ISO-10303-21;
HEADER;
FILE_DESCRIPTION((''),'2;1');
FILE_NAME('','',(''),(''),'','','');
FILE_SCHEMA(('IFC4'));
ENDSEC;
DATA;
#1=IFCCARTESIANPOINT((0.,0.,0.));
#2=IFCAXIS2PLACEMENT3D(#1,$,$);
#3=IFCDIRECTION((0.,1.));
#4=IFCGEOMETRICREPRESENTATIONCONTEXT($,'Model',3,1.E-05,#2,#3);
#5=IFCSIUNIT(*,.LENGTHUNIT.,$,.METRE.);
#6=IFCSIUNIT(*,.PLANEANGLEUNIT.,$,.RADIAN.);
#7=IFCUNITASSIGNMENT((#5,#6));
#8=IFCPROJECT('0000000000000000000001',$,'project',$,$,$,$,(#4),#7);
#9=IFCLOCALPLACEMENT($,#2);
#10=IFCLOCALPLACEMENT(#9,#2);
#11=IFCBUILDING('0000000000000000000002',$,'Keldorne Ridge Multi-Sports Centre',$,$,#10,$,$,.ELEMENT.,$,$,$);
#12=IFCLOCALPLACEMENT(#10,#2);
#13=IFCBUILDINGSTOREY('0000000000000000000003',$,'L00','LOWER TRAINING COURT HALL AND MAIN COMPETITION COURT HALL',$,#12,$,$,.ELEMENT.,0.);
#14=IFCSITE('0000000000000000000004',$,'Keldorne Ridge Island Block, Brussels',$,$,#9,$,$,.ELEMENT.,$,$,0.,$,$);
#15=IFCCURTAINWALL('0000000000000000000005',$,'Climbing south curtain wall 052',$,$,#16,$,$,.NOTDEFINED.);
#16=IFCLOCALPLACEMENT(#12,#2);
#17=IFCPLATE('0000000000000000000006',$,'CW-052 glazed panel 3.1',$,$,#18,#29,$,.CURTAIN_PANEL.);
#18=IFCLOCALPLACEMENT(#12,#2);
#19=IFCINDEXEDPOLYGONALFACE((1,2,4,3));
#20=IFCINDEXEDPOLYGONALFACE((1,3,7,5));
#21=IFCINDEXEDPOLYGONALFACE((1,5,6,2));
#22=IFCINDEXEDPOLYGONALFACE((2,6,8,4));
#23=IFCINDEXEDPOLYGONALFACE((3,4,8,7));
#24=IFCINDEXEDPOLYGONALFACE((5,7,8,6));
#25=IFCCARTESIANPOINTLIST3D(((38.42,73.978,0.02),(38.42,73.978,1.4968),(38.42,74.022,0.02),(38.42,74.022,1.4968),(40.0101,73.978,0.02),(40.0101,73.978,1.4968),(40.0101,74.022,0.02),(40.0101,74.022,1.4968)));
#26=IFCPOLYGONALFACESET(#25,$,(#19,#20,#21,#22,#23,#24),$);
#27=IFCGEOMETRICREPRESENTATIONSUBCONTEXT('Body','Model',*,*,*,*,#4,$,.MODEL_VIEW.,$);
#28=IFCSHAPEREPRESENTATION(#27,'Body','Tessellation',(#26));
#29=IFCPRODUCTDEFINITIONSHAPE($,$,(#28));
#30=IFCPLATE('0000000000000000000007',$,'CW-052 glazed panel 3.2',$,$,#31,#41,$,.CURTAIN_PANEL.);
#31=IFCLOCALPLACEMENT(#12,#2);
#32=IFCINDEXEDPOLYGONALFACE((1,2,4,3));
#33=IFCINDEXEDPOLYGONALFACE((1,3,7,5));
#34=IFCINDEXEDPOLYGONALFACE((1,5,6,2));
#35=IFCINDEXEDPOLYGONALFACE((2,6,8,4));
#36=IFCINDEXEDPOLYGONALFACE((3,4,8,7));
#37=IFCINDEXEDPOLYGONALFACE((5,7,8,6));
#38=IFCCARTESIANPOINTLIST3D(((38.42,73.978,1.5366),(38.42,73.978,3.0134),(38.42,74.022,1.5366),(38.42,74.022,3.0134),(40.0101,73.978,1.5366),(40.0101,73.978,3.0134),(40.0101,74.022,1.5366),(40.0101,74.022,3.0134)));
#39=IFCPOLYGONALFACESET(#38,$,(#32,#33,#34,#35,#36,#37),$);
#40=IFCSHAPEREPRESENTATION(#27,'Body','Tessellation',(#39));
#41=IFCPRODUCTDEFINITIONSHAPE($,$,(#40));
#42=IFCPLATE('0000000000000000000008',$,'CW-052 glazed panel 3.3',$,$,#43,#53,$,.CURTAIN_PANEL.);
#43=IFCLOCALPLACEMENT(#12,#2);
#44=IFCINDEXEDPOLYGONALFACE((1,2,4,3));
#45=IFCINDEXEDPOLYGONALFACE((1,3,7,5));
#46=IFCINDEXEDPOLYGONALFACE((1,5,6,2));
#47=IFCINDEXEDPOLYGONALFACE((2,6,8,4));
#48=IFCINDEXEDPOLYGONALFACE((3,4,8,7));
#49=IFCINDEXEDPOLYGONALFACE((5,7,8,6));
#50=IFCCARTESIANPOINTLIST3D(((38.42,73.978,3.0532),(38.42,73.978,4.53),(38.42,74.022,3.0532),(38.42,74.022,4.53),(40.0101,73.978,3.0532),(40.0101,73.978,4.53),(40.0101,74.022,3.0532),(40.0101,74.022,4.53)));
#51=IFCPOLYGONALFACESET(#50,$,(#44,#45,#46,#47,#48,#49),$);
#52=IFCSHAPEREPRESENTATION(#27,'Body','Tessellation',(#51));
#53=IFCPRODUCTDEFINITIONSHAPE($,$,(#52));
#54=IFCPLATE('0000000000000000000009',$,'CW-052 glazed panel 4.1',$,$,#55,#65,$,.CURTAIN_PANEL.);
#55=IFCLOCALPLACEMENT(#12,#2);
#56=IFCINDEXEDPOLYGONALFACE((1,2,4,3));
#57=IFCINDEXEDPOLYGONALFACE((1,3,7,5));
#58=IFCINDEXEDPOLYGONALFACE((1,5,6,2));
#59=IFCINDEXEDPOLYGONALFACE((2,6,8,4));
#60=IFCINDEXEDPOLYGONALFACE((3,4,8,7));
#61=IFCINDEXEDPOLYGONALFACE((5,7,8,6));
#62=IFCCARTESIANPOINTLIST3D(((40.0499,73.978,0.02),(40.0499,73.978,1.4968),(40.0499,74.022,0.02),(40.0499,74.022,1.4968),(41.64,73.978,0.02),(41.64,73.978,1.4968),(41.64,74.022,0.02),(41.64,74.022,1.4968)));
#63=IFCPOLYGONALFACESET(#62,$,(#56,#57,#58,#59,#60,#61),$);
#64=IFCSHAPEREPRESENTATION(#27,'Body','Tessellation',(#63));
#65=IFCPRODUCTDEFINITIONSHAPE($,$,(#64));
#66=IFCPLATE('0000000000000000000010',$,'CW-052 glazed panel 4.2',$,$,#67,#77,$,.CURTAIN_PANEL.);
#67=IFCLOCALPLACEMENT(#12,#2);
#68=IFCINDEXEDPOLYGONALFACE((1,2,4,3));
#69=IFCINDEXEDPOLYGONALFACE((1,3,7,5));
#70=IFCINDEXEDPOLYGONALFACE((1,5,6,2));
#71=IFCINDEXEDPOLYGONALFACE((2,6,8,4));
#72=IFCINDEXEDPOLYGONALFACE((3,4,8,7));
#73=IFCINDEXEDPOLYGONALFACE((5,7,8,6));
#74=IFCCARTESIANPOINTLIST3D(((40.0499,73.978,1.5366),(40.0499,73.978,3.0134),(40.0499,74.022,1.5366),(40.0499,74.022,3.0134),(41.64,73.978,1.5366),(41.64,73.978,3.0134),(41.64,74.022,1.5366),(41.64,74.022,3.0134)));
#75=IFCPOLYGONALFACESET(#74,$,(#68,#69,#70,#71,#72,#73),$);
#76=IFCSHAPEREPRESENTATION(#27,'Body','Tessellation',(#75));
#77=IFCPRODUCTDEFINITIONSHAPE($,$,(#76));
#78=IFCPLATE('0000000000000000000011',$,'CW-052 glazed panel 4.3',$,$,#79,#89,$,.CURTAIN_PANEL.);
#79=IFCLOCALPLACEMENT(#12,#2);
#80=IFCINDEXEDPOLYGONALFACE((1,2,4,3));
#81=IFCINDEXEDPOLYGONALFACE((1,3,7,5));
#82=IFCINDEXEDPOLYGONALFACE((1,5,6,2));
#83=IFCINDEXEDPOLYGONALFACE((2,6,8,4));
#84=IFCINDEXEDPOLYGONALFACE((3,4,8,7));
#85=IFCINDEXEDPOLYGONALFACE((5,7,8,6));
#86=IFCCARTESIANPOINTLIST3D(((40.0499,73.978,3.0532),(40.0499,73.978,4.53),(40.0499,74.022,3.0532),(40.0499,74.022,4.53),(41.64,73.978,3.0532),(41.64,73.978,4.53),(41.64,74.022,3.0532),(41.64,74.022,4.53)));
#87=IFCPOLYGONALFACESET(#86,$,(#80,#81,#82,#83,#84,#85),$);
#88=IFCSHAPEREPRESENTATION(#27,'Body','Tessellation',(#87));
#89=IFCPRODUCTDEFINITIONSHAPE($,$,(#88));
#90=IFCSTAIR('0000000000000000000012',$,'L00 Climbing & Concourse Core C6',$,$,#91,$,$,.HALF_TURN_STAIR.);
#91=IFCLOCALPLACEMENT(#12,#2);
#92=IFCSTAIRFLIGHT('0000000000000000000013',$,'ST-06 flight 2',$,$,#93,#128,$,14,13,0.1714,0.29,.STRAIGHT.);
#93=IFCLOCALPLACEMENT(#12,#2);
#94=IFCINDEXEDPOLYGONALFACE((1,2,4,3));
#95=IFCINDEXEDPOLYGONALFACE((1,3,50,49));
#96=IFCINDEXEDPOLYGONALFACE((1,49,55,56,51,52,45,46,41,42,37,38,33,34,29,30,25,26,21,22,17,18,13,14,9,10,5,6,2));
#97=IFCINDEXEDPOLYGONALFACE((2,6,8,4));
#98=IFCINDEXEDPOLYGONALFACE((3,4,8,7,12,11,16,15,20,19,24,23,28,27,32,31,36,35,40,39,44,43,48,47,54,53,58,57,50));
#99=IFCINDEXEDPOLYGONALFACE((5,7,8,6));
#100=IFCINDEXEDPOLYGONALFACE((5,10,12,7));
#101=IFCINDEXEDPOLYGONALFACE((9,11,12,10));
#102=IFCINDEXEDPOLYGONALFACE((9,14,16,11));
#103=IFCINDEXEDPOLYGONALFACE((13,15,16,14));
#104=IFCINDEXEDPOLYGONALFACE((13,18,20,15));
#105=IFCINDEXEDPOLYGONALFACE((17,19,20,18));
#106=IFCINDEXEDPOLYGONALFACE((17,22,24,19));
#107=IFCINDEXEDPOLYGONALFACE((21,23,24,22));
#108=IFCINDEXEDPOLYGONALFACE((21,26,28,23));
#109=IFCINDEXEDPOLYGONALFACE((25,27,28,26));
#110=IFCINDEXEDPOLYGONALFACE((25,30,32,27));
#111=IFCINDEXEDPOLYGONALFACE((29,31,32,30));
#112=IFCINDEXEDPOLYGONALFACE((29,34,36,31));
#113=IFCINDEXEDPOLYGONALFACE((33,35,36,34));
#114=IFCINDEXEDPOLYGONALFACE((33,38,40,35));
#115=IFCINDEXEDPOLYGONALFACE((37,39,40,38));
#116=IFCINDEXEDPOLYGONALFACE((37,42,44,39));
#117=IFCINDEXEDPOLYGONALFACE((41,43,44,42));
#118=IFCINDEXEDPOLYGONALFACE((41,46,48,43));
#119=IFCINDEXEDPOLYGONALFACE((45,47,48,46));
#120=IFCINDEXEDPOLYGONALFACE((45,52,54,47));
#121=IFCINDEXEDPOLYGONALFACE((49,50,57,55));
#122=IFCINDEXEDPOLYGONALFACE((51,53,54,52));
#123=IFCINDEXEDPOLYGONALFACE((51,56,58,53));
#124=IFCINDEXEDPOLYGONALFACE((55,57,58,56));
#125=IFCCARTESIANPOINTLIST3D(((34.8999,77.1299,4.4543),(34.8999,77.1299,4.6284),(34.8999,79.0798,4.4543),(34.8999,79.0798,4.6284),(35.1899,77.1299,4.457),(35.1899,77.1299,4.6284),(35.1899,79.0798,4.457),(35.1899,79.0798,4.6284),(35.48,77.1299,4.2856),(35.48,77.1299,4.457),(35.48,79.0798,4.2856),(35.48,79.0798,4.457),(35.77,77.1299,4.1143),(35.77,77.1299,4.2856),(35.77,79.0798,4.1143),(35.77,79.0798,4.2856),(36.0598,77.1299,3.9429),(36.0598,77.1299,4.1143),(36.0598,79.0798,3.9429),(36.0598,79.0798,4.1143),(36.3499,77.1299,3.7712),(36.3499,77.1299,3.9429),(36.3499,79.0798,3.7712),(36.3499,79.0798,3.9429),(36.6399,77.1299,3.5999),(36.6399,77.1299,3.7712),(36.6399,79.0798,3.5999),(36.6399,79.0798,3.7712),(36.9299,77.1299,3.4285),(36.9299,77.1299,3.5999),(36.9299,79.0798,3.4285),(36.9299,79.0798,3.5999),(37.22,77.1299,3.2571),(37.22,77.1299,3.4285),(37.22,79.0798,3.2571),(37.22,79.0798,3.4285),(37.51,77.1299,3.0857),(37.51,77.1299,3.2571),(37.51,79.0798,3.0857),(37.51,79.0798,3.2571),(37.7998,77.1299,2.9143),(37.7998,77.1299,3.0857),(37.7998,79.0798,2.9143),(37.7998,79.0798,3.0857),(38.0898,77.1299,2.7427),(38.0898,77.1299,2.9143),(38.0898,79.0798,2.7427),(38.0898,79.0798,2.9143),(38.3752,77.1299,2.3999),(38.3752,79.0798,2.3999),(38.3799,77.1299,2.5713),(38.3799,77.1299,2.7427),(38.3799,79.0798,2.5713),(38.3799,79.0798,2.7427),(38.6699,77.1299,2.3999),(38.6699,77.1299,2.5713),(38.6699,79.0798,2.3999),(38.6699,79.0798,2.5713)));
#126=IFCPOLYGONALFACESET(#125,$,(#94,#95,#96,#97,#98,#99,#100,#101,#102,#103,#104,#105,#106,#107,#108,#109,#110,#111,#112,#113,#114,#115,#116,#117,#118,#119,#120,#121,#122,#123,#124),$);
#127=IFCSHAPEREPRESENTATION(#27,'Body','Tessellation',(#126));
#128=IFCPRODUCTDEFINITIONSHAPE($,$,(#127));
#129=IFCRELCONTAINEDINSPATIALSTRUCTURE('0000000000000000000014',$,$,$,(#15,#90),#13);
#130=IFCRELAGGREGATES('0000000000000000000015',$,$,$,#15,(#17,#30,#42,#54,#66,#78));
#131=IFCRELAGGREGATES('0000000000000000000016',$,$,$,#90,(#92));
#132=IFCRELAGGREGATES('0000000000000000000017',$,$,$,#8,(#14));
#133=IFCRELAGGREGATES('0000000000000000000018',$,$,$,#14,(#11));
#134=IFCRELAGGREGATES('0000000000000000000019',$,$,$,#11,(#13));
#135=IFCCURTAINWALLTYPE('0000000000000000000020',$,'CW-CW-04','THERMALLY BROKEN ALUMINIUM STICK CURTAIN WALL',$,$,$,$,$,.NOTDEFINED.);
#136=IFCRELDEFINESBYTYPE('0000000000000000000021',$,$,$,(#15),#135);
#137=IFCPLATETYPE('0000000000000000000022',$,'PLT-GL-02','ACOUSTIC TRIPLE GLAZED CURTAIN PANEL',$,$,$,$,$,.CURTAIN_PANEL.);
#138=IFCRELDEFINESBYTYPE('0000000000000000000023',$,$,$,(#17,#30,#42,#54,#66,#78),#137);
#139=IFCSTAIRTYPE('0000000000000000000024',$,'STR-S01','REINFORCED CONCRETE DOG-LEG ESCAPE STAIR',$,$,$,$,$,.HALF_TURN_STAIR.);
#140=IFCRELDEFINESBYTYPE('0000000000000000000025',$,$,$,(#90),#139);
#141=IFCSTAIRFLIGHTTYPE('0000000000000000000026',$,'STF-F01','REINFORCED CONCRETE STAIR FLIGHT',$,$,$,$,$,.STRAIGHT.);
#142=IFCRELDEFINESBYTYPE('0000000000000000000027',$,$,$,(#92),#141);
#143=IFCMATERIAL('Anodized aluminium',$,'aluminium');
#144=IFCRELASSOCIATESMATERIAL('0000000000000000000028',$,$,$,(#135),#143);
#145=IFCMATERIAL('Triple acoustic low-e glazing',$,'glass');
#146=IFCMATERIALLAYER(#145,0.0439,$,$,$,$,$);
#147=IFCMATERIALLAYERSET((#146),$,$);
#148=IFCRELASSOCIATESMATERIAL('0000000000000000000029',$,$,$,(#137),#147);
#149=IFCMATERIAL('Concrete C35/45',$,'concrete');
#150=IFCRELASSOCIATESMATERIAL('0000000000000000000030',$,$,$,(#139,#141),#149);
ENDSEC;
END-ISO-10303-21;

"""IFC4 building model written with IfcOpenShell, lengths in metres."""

from ifc_helpers import new_model, si_unit, direction, frame, origin, origin_2d, place, context, subcontext, project, spatial, polyline, rectangle, outline, extrude, material, layer, layer_set, type_object, element, aggregate, save


model = new_model("IFC4")

# Units and contexts
model_context = context("Model", 3, precision=1e-05, world=origin(), true_north=direction((0.0, 1.0)))
body_context = subcontext(model_context, "Body", "Model", "MODEL_VIEW")
ifc_project = project(units=[si_unit("LENGTHUNIT", "METRE"), si_unit("PLANEANGLEUNIT", "RADIAN")], contexts=[model_context])

# Site, building, storey
site_placement = place(None, origin())
site = spatial("IfcSite", under=ifc_project, at=site_placement, Name="Keldorne Ridge Island Block, Brussels", CompositionType="ELEMENT", RefElevation=0.0)
building_placement = place(site_placement, origin())
building = spatial("IfcBuilding", under=site, at=building_placement, Name="Keldorne Ridge Multi-Sports Centre", CompositionType="ELEMENT")
storey_placement = place(building_placement, origin())
storey = spatial("IfcBuildingStorey", under=building, at=storey_placement, Name="L00", Description="LOWER TRAINING COURT HALL AND MAIN COMPETITION COURT HALL", CompositionType="ELEMENT", Elevation=0.0)

# Curtain wall
ifc_material_1 = material(Name="Anodized aluminium", Category="aluminium")
curtain_wall_type_1 = type_object("IfcCurtainWallType", Name="CW-CW-04", Description="THERMALLY BROKEN ALUMINIUM STICK CURTAIN WALL", PredefinedType="NOTDEFINED", material=ifc_material_1)
curtain_wall_1_placement = place(storey_placement, origin())
curtain_wall_1 = element("IfcCurtainWall", 1, at=curtain_wall_1_placement, inside=storey, type_object=curtain_wall_type_1, Name="Climbing south curtain wall 052", PredefinedType="NOTDEFINED")

# Plates
ifc_material_2 = material(Name="Triple acoustic low-e glazing", Category="glass")
ifc_layer_1 = layer(ifc_material_2, 0.0439)
ifc_layer_set_1 = layer_set([ifc_layer_1])
plate_type_1 = type_object("IfcPlateType", Name="PLT-GL-02", Description="ACOUSTIC TRIPLE GLAZED CURTAIN PANEL", PredefinedType="CURTAIN_PANEL", material=ifc_layer_set_1)
plate_1_placement = place(storey_placement, frame((39.2151, 74.0, 0.02), z_axis=(0.0, 0.0, 1.0), x_axis=(1.0, 0.0, 0.0)))
plate_1 = element("IfcPlate", 2, at=plate_1_placement, type_object=plate_type_1, Name="CW-052 glazed panel 3.1", PredefinedType="CURTAIN_PANEL", context=body_context, shape_type="SweptSolid", body=[
    extrude(rectangle(XDim=1.5901, YDim=0.0439, at=origin_2d()), origin(), (0.0, 0.0, 1.0), 1.4768),
])
plate_2_placement = place(storey_placement, frame((39.2151, 74.0, 1.5366), z_axis=(0.0, 0.0, 1.0), x_axis=(1.0, 0.0, 0.0)))
plate_2 = element("IfcPlate", 3, at=plate_2_placement, type_object=plate_type_1, Name="CW-052 glazed panel 3.2", PredefinedType="CURTAIN_PANEL", context=body_context, shape_type="SweptSolid", body=[
    extrude(rectangle(XDim=1.5901, YDim=0.0439, at=origin_2d()), origin(), (0.0, 0.0, 1.0), 1.4768),
])
plate_3_placement = place(storey_placement, frame((39.2151, 74.0, 3.0532), z_axis=(0.0, 0.0, 1.0), x_axis=(1.0, 0.0, 0.0)))
plate_3 = element("IfcPlate", 4, at=plate_3_placement, type_object=plate_type_1, Name="CW-052 glazed panel 3.3", PredefinedType="CURTAIN_PANEL", context=body_context, shape_type="SweptSolid", body=[
    extrude(rectangle(XDim=1.5901, YDim=0.0439, at=origin_2d()), origin(), (0.0, 0.0, 1.0), 1.4768),
])
plate_4_placement = place(storey_placement, frame((40.845, 74.0, 0.02), z_axis=(0.0, 0.0, 1.0), x_axis=(1.0, 0.0, 0.0)))
plate_4 = element("IfcPlate", 5, at=plate_4_placement, type_object=plate_type_1, Name="CW-052 glazed panel 4.1", PredefinedType="CURTAIN_PANEL", context=body_context, shape_type="SweptSolid", body=[
    extrude(rectangle(XDim=1.5901, YDim=0.0439, at=origin_2d()), origin(), (0.0, 0.0, 1.0), 1.4768),
])
plate_5_placement = place(storey_placement, frame((40.845, 74.0, 1.5366), z_axis=(0.0, 0.0, 1.0), x_axis=(1.0, 0.0, 0.0)))
plate_5 = element("IfcPlate", 6, at=plate_5_placement, type_object=plate_type_1, Name="CW-052 glazed panel 4.2", PredefinedType="CURTAIN_PANEL", context=body_context, shape_type="SweptSolid", body=[
    extrude(rectangle(XDim=1.5901, YDim=0.0439, at=origin_2d()), origin(), (0.0, 0.0, 1.0), 1.4768),
])
plate_6_placement = place(storey_placement, frame((40.845, 74.0, 3.0532), z_axis=(0.0, 0.0, 1.0), x_axis=(1.0, 0.0, 0.0)))
plate_6 = element("IfcPlate", 7, at=plate_6_placement, type_object=plate_type_1, Name="CW-052 glazed panel 4.3", PredefinedType="CURTAIN_PANEL", context=body_context, shape_type="SweptSolid", body=[
    extrude(rectangle(XDim=1.5901, YDim=0.0439, at=origin_2d()), origin(), (0.0, 0.0, 1.0), 1.4768),
])
aggregate(curtain_wall_1, [plate_1, plate_2, plate_3, plate_4, plate_5, plate_6])

# Stair, stair flight
ifc_material_3 = material(Name="Concrete C35/45", Category="concrete")
stair_type = type_object("IfcStairType", Name="STR-S01", Description="REINFORCED CONCRETE DOG-LEG ESCAPE STAIR", PredefinedType="HALF_TURN_STAIR", material=ifc_material_3)
stair_placement = place(storey_placement, origin())
stair = element("IfcStair", 8, at=stair_placement, inside=storey, type_object=stair_type, Name="L00 Climbing & Concourse Core C6", PredefinedType="HALF_TURN_STAIR")
stair_flight_type = type_object("IfcStairFlightType", Name="STF-F01", Description="REINFORCED CONCRETE STAIR FLIGHT", PredefinedType="STRAIGHT", material=ifc_material_3)
stair_flight_placement = place(storey_placement, frame((38.6699, 78.105, 2.3999), z_axis=(0.0, 0.0, 1.0), x_axis=(-1.0, 0.0, 0.0)))
stair_flight = element("IfcStairFlight", 9, at=stair_flight_placement, type_object=stair_flight_type, Name="ST-06 flight 2", NumberOfRisers=14, NumberOfTreads=13, PredefinedType="STRAIGHT", RiserHeight=0.1714, TreadLength=0.29, context=body_context, shape_type="SweptSolid", body=[
    extrude(outline(polyline([(0.0, 0.0), (0.0, 0.1714), (0.29, 0.1714), (0.29, 0.3428), (0.5801, 0.3428), (0.5801, 0.5144), (0.8701, 0.5144), (0.8701, 0.6858), (1.1599, 0.6858), (1.1599, 0.8572), (1.45, 0.8572), (1.45, 1.0286), (1.74, 1.0286), (1.74, 1.2), (2.03, 1.2), (2.03, 1.3713), (2.3201, 1.3713), (2.3201, 1.543), (2.6101, 1.543), (2.6101, 1.7144), (2.8999, 1.7144), (2.8999, 1.8857), (3.1899, 1.8857), (3.1899, 2.0571), (3.48, 2.0571), (3.48, 2.2285), (3.77, 2.2285), (3.77, 2.3999), (3.77, 2.0544), (0.2947, 0.0), (0.0, 0.0)])), frame((0.0, 0.9751, 0.0), z_axis=(0.0, -1.0, 0.0), x_axis=(1.0, 0.0, 0.0)), (0.0, 0.0, 1.0), 1.95),
])
aggregate(stair, [stair_flight])

save(model, "model.ifc")
